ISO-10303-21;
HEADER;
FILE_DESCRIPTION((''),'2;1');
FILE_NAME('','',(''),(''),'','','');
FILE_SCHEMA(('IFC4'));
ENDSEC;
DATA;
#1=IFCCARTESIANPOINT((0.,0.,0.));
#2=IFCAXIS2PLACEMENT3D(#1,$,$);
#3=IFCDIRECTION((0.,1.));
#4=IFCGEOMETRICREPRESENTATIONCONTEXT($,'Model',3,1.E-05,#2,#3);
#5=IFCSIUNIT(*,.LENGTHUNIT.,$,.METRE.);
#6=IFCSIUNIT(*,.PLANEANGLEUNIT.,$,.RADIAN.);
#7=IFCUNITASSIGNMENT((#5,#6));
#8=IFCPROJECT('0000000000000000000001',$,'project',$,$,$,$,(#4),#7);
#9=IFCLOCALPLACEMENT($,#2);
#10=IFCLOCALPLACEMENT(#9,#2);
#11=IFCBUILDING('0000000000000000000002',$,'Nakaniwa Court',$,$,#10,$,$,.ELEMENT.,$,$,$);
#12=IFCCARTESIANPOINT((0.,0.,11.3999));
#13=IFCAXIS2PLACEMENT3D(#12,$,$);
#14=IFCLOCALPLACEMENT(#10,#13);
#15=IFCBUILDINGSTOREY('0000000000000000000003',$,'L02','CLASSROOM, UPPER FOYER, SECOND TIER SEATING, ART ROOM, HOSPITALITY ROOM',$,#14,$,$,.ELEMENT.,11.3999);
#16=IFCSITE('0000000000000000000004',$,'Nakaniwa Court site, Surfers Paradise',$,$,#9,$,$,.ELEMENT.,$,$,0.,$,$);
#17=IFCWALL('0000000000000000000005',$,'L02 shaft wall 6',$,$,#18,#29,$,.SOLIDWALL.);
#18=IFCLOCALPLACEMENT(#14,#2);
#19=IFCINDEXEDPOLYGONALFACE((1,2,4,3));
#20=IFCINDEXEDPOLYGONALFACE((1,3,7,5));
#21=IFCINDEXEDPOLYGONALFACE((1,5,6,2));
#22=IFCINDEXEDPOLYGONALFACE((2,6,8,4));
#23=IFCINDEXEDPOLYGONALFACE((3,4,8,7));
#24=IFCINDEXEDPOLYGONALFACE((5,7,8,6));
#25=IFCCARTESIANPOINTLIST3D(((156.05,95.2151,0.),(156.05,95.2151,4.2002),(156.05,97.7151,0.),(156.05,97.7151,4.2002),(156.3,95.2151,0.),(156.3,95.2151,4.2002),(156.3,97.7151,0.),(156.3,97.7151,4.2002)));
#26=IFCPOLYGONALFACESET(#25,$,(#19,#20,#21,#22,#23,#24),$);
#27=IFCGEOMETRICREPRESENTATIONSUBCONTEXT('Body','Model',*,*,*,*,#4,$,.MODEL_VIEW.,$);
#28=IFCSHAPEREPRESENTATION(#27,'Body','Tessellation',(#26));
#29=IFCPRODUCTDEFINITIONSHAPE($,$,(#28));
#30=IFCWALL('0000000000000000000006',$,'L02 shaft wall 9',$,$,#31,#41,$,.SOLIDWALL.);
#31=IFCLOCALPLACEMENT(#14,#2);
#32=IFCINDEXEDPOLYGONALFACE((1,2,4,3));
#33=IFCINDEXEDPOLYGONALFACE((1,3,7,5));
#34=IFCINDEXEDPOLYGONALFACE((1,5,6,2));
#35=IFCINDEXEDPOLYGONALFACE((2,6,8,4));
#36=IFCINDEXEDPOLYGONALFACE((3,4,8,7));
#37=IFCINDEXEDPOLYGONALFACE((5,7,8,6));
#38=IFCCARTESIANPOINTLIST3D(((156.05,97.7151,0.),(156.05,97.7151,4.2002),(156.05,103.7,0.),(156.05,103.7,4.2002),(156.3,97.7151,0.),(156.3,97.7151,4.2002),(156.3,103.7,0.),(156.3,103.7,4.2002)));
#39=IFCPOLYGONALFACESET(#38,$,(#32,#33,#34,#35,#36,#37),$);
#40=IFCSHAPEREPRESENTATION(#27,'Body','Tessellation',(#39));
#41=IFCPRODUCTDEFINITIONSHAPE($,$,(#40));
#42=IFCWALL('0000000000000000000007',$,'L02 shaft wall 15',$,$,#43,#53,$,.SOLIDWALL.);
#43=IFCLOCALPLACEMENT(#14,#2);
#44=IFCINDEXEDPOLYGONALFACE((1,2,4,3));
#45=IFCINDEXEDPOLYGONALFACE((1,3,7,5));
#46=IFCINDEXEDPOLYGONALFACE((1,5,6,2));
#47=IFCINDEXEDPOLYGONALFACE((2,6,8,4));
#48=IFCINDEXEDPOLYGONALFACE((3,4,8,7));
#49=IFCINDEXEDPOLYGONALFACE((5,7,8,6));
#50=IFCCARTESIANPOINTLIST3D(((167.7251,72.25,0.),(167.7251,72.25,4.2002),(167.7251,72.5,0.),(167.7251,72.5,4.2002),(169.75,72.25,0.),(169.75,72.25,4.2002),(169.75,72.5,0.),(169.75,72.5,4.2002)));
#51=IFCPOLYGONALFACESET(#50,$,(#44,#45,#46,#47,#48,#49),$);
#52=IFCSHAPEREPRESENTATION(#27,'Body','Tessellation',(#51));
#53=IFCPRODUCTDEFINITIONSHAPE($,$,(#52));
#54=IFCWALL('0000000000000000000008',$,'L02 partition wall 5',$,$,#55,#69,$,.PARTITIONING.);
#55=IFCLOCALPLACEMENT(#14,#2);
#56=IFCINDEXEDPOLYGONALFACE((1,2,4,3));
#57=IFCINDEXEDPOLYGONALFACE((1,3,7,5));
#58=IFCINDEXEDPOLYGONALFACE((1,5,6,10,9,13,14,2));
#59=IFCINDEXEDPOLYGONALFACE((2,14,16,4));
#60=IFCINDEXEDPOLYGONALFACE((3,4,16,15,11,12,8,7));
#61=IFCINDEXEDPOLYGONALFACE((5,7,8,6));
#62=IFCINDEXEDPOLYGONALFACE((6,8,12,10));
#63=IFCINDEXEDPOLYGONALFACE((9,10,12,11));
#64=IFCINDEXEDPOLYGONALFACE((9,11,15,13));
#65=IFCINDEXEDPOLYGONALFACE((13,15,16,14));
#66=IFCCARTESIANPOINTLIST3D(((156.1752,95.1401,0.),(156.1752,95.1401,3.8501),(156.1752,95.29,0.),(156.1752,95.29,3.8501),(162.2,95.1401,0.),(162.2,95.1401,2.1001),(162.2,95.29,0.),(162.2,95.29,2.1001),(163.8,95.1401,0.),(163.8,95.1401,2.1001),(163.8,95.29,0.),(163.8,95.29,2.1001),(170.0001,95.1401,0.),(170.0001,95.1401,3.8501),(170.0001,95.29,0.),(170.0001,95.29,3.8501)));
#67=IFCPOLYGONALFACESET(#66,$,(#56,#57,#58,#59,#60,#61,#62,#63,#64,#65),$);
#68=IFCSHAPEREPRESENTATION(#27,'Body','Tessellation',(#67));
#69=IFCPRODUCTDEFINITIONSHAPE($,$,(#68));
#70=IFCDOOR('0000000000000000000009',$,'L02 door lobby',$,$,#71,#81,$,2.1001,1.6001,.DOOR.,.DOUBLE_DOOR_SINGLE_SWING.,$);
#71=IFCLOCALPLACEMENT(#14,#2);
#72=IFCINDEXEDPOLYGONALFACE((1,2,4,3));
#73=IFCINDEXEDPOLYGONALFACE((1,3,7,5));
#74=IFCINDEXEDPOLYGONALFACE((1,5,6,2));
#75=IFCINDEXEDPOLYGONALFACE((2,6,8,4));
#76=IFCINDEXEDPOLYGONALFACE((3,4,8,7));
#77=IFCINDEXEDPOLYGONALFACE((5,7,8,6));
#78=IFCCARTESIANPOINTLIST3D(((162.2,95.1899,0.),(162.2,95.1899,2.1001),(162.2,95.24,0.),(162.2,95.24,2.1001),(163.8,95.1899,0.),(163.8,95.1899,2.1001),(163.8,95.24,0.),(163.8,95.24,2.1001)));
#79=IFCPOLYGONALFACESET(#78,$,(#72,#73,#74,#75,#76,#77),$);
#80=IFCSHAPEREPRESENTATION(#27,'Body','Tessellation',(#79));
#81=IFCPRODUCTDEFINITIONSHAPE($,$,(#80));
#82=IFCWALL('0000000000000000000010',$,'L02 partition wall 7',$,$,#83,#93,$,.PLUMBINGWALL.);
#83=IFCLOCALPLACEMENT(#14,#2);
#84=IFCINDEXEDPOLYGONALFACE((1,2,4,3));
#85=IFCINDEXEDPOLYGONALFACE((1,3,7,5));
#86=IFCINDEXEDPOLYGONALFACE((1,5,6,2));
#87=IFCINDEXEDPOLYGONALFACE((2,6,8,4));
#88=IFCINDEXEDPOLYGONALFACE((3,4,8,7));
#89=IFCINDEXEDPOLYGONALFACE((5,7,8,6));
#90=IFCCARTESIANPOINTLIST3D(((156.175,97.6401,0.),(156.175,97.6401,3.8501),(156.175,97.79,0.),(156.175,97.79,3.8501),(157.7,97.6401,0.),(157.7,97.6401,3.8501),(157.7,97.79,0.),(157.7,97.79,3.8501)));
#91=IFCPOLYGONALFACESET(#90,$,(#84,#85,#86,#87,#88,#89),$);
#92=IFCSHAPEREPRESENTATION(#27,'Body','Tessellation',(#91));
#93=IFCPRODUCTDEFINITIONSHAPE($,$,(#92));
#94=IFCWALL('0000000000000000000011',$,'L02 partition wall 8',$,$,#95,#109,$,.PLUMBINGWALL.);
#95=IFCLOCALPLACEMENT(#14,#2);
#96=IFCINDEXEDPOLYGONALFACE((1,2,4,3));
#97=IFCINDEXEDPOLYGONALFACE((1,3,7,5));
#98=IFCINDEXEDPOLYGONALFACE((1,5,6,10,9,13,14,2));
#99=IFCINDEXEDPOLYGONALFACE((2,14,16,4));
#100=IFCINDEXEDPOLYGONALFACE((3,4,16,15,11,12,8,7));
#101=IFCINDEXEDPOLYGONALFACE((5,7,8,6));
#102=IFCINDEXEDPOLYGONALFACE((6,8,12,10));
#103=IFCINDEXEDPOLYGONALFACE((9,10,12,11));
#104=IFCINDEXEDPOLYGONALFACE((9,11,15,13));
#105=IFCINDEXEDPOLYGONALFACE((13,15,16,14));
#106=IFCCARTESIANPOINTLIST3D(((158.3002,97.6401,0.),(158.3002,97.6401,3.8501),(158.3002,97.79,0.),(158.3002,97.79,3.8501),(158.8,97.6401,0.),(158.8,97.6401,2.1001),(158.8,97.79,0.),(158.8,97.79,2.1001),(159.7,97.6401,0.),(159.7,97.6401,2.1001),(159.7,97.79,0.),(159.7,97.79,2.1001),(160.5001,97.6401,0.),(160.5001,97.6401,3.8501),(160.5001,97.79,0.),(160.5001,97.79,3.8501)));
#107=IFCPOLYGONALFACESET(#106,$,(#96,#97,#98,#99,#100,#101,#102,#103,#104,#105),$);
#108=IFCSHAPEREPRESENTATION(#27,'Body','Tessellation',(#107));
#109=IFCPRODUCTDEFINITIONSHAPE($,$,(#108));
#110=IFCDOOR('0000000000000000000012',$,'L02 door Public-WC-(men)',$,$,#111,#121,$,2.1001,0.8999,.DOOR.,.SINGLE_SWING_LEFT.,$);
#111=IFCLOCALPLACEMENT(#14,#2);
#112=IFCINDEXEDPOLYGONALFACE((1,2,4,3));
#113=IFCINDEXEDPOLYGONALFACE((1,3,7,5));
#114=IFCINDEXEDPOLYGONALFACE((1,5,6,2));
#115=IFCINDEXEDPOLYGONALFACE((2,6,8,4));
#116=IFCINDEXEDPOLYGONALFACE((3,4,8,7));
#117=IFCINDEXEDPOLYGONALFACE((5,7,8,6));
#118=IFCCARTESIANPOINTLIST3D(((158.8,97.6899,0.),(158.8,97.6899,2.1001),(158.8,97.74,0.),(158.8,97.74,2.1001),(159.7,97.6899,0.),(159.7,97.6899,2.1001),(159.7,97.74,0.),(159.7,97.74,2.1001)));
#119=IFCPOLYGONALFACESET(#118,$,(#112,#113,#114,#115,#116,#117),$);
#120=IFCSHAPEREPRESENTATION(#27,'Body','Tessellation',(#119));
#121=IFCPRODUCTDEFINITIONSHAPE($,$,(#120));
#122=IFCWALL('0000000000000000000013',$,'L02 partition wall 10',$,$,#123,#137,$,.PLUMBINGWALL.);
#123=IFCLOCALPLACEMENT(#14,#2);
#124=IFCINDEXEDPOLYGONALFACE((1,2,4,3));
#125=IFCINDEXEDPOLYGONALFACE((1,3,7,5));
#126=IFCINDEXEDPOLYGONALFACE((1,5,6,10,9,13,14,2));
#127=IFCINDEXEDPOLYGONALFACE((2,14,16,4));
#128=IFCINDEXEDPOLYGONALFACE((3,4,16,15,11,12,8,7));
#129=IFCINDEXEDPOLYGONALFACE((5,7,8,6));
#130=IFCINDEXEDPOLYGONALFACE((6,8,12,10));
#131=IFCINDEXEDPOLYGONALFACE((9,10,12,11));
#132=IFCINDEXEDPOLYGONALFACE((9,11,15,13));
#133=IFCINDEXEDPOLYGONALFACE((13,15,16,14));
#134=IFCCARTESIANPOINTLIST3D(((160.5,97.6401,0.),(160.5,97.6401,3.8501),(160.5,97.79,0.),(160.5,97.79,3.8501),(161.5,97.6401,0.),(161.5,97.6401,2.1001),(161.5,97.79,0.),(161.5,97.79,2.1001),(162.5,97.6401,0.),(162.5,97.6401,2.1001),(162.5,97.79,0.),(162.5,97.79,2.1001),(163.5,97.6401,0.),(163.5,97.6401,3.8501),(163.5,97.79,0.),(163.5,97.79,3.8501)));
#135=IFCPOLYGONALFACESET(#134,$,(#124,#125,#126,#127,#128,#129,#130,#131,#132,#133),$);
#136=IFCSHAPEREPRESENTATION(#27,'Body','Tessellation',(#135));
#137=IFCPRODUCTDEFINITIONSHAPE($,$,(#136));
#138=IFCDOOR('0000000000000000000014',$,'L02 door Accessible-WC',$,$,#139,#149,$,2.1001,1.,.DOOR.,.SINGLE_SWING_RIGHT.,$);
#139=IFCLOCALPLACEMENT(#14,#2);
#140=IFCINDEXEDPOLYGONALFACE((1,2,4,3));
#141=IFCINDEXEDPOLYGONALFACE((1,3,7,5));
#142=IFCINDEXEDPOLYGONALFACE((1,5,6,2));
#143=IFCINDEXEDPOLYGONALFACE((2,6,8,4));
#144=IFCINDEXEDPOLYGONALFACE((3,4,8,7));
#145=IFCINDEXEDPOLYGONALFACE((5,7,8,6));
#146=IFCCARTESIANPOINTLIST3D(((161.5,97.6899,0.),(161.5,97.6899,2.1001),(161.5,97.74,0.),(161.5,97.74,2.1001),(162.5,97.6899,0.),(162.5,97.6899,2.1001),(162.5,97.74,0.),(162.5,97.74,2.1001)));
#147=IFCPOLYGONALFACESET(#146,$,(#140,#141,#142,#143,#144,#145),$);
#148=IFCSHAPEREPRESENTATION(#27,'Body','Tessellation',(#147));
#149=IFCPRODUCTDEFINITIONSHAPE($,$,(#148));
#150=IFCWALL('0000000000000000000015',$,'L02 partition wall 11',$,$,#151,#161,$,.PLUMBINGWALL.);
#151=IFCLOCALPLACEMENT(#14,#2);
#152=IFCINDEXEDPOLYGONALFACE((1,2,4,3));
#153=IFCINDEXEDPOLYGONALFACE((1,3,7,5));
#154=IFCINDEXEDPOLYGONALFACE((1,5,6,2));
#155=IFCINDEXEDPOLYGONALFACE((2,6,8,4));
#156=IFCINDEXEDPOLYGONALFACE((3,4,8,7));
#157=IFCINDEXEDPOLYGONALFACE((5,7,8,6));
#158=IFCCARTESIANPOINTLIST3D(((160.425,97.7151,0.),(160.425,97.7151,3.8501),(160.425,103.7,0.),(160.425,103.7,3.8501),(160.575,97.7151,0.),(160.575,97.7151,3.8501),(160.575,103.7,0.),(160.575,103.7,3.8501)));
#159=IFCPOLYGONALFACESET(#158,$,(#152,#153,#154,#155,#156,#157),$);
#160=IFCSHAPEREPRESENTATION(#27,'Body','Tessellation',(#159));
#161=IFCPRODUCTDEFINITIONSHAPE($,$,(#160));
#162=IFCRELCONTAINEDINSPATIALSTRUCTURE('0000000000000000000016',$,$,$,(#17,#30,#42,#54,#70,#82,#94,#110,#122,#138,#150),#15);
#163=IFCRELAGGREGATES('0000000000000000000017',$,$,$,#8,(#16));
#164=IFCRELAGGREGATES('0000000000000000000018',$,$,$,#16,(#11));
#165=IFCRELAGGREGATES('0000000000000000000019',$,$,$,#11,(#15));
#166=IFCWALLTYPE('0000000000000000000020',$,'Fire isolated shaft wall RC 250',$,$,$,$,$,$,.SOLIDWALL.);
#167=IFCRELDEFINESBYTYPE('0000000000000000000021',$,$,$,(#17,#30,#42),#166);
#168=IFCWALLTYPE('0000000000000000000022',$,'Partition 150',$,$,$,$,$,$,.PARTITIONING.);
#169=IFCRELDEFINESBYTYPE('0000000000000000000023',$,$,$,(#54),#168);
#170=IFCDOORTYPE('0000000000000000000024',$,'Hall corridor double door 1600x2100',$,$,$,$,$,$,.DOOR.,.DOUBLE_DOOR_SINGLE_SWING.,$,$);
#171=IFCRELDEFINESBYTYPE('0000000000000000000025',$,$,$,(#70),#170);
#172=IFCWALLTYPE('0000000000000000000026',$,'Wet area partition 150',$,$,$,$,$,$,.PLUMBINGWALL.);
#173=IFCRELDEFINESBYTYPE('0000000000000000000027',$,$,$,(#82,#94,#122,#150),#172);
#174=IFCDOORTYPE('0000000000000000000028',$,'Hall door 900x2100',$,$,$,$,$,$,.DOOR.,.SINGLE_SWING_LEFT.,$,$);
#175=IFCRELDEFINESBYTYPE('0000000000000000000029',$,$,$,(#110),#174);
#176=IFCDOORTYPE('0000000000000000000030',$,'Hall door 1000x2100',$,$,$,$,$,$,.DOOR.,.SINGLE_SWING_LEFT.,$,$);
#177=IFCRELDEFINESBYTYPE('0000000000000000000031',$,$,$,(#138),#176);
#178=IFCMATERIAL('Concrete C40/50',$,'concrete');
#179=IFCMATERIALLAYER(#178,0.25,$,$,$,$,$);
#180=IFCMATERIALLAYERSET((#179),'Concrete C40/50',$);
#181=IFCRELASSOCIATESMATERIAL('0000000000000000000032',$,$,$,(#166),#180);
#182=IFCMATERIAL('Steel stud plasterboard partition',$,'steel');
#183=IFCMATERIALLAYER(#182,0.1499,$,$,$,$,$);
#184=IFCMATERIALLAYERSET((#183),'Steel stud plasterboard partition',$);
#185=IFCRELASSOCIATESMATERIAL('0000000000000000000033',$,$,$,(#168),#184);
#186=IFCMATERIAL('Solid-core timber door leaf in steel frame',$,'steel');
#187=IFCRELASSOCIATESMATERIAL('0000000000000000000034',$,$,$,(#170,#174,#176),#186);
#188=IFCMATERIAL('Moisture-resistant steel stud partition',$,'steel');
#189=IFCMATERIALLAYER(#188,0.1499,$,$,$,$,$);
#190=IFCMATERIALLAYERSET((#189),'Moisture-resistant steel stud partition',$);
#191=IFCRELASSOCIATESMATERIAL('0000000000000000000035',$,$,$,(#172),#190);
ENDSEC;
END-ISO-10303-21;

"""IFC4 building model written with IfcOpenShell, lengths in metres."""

from ifc_helpers import new_model, si_unit, direction, frame, frame_2d, origin, place, context, subcontext, project, spatial, rectangle, extrude, material, layer, layer_set, type_object, element, fill, save


model = new_model("IFC4")

# Units and contexts
model_context = context("Model", 3, precision=1e-05, world=origin(), true_north=direction((0.0, 1.0)))
body_context = subcontext(model_context, "Body", "Model", "MODEL_VIEW")
ifc_project = project(units=[si_unit("LENGTHUNIT", "METRE"), si_unit("PLANEANGLEUNIT", "RADIAN")], contexts=[model_context])

# Site, building, storey
site_placement = place(None, origin())
site = spatial("IfcSite", under=ifc_project, at=site_placement, Name="Nakaniwa Court site, Surfers Paradise", CompositionType="ELEMENT", RefElevation=0.0)
building_placement = place(site_placement, origin())
building = spatial("IfcBuilding", under=site, at=building_placement, Name="Nakaniwa Court", CompositionType="ELEMENT")
storey_placement = place(building_placement, frame((0.0, 0.0, 11.3999)))
storey = spatial("IfcBuildingStorey", under=building, at=storey_placement, Name="L02", Description="CLASSROOM, UPPER FOYER, SECOND TIER SEATING, ART ROOM, HOSPITALITY ROOM", CompositionType="ELEMENT", Elevation=11.3999)

# Walls
ifc_material_1 = material(Name="Concrete C40/50", Category="concrete")
ifc_layer_1 = layer(ifc_material_1, 0.25)
ifc_layer_set_1 = layer_set([ifc_layer_1], Name="Concrete C40/50")
wall_type_1 = type_object("IfcWallType", Name="Fire isolated shaft wall RC 250", PredefinedType="SOLIDWALL", material=ifc_layer_set_1)
wall_1_placement = place(storey_placement, frame((156.175, 97.7151, 0.0), z_axis=(0.0, 0.0, 1.0), x_axis=(0.0, -1.0, 0.0)))
element("IfcWall", 1, at=wall_1_placement, inside=storey, type_object=wall_type_1, Name="L02 shaft wall 6", PredefinedType="SOLIDWALL", context=body_context, shape_type="SweptSolid", body=[
    extrude(rectangle(XDim=2.5, YDim=0.25, at=frame_2d((1.25, 0.0))), origin(), (0.0, 0.0, 1.0), 4.2002),
])
wall_2_placement = place(storey_placement, frame((156.175, 103.7, 0.0), z_axis=(0.0, 0.0, 1.0), x_axis=(0.0, -1.0, 0.0)))
element("IfcWall", 2, at=wall_2_placement, inside=storey, type_object=wall_type_1, Name="L02 shaft wall 9", PredefinedType="SOLIDWALL", context=body_context, shape_type="SweptSolid", body=[
    extrude(rectangle(XDim=5.9849, YDim=0.25, at=frame_2d((2.9924, 0.0))), origin(), (0.0, 0.0, 1.0), 4.2002),
])
wall_3_placement = place(storey_placement, frame((169.75, 72.375, 0.0), z_axis=(0.0, 0.0, 1.0), x_axis=(-1.0, 0.0, 0.0)))
element("IfcWall", 3, at=wall_3_placement, inside=storey, type_object=wall_type_1, Name="L02 shaft wall 15", PredefinedType="SOLIDWALL", context=body_context, shape_type="SweptSolid", body=[
    extrude(rectangle(XDim=2.0249, YDim=0.25, at=frame_2d((1.0125, 0.0))), origin(), (0.0, 0.0, 1.0), 4.2002),
])

# Wall, opening, door
ifc_material_2 = material(Name="Steel stud plasterboard partition", Category="steel")
ifc_layer_2 = layer(ifc_material_2, 0.1499)
ifc_layer_set_2 = layer_set([ifc_layer_2], Name="Steel stud plasterboard partition")
wall_type_2 = type_object("IfcWallType", Name="Partition 150", PredefinedType="PARTITIONING", material=ifc_layer_set_2)
wall_4_placement = place(storey_placement, frame((156.175, 95.2151, 0.0), z_axis=(0.0, 0.0, 1.0), x_axis=(1.0, 0.0, 0.0)))
wall_4 = element("IfcWall", 4, at=wall_4_placement, inside=storey, type_object=wall_type_2, Name="L02 partition wall 5", PredefinedType="PARTITIONING", context=body_context, shape_type="SweptSolid", body=[
    extrude(rectangle(XDim=13.825, YDim=0.1499, at=frame_2d((6.9126, 0.0))), origin(), (0.0, 0.0, 1.0), 3.8501),
])
opening_1_placement = place(wall_4_placement, frame((6.0249, 0.0, 0.0)))
opening_1 = element("IfcOpeningElement", 5, at=opening_1_placement, cuts=wall_4, PredefinedType="OPENING", context=body_context, shape_type="SweptSolid", body=[
    extrude(rectangle(XDim=1.6001, YDim=2.1001, at=frame_2d((0.8, 1.05))), frame((0.0, 0.085, 0.0), z_axis=(0.0, -1.0, 0.0), x_axis=(1.0, 0.0, 0.0)), (0.0, 0.0, 1.0), 0.1699),
])
ifc_material_3 = material(Name="Solid-core timber door leaf in steel frame", Category="steel")
door_type_1 = type_object("IfcDoorType", Name="Hall corridor double door 1600x2100", OperationType="DOUBLE_DOOR_SINGLE_SWING", PredefinedType="DOOR", material=ifc_material_3)
door_1_placement = place(opening_1_placement, origin())
door_1 = element("IfcDoor", 6, at=door_1_placement, inside=storey, type_object=door_type_1, Name="L02 door lobby", OperationType="DOUBLE_DOOR_SINGLE_SWING", OverallHeight=2.1001, OverallWidth=1.6001, PredefinedType="DOOR", context=body_context, shape_type="SweptSolid", body=[
    extrude(rectangle(XDim=1.6001, YDim=2.1001, at=frame_2d((0.8, 1.05))), frame((0.0, 0.0249, 0.0), z_axis=(0.0, -1.0, 0.0), x_axis=(1.0, 0.0, 0.0)), (0.0, 0.0, 1.0), 0.05),
])
fill(opening_1, door_1)

# Wall
ifc_material_4 = material(Name="Moisture-resistant steel stud partition", Category="steel")
ifc_layer_3 = layer(ifc_material_4, 0.1499)
ifc_layer_set_3 = layer_set([ifc_layer_3], Name="Moisture-resistant steel stud partition")
wall_type_3 = type_object("IfcWallType", Name="Wet area partition 150", PredefinedType="PLUMBINGWALL", material=ifc_layer_set_3)
wall_5_placement = place(storey_placement, frame((156.175, 97.7151, 0.0), z_axis=(0.0, 0.0, 1.0), x_axis=(1.0, 0.0, 0.0)))
element("IfcWall", 7, at=wall_5_placement, inside=storey, type_object=wall_type_3, Name="L02 partition wall 7", PredefinedType="PLUMBINGWALL", context=body_context, shape_type="SweptSolid", body=[
    extrude(rectangle(XDim=1.5249, YDim=0.1499, at=frame_2d((0.7625, 0.0))), origin(), (0.0, 0.0, 1.0), 3.8501),
])

# Walls, openings, doors
wall_6_placement = place(storey_placement, frame((158.3, 97.7151, 0.0), z_axis=(0.0, 0.0, 1.0), x_axis=(1.0, 0.0, 0.0)))
wall_6 = element("IfcWall", 8, at=wall_6_placement, inside=storey, type_object=wall_type_3, Name="L02 partition wall 8", PredefinedType="PLUMBINGWALL", context=body_context, shape_type="SweptSolid", body=[
    extrude(rectangle(XDim=2.2, YDim=0.1499, at=frame_2d((1.1001, 0.0))), origin(), (0.0, 0.0, 1.0), 3.8501),
])
opening_2_placement = place(wall_6_placement, frame((0.5, 0.0, 0.0)))
opening_2 = element("IfcOpeningElement", 9, at=opening_2_placement, cuts=wall_6, PredefinedType="OPENING", context=body_context, shape_type="SweptSolid", body=[
    extrude(rectangle(XDim=0.8999, YDim=2.1001, at=frame_2d((0.45, 1.05))), frame((0.0, 0.085, 0.0), z_axis=(0.0, -1.0, 0.0), x_axis=(1.0, 0.0, 0.0)), (0.0, 0.0, 1.0), 0.1699),
])
door_type_2 = type_object("IfcDoorType", Name="Hall door 900x2100", OperationType="SINGLE_SWING_LEFT", PredefinedType="DOOR", material=ifc_material_3)
door_2_placement = place(opening_2_placement, origin())
door_2 = element("IfcDoor", 10, at=door_2_placement, inside=storey, type_object=door_type_2, Name="L02 door Public-WC-(men)", OperationType="SINGLE_SWING_LEFT", OverallHeight=2.1001, OverallWidth=0.8999, PredefinedType="DOOR", context=body_context, shape_type="SweptSolid", body=[
    extrude(rectangle(XDim=0.8999, YDim=2.1001, at=frame_2d((0.45, 1.05))), frame((0.0, 0.0249, 0.0), z_axis=(0.0, -1.0, 0.0), x_axis=(1.0, 0.0, 0.0)), (0.0, 0.0, 1.0), 0.05),
])
fill(opening_2, door_2)
wall_7_placement = place(storey_placement, frame((160.5, 97.7151, 0.0), z_axis=(0.0, 0.0, 1.0), x_axis=(1.0, 0.0, 0.0)))
wall_7 = element("IfcWall", 11, at=wall_7_placement, inside=storey, type_object=wall_type_3, Name="L02 partition wall 10", PredefinedType="PLUMBINGWALL", context=body_context, shape_type="SweptSolid", body=[
    extrude(rectangle(XDim=3.0, YDim=0.1499, at=frame_2d((1.5, 0.0))), origin(), (0.0, 0.0, 1.0), 3.8501),
])
opening_3_placement = place(wall_7_placement, frame((1.0, 0.0, 0.0)))
opening_3 = element("IfcOpeningElement", 12, at=opening_3_placement, cuts=wall_7, PredefinedType="OPENING", context=body_context, shape_type="SweptSolid", body=[
    extrude(rectangle(XDim=1.0, YDim=2.1001, at=frame_2d((0.5, 1.05))), frame((0.0, 0.085, 0.0), z_axis=(0.0, -1.0, 0.0), x_axis=(1.0, 0.0, 0.0)), (0.0, 0.0, 1.0), 0.1699),
])
door_type_3 = type_object("IfcDoorType", Name="Hall door 1000x2100", OperationType="SINGLE_SWING_LEFT", PredefinedType="DOOR", material=ifc_material_3)
door_3_placement = place(opening_3_placement, origin())
door_3 = element("IfcDoor", 13, at=door_3_placement, inside=storey, type_object=door_type_3, Name="L02 door Accessible-WC", OperationType="SINGLE_SWING_RIGHT", OverallHeight=2.1001, OverallWidth=1.0, PredefinedType="DOOR", context=body_context, shape_type="SweptSolid", body=[
    extrude(rectangle(XDim=1.0, YDim=2.1001, at=frame_2d((0.5, 1.05))), frame((0.0, 0.0249, 0.0), z_axis=(0.0, -1.0, 0.0), x_axis=(1.0, 0.0, 0.0)), (0.0, 0.0, 1.0), 0.05),
])
fill(opening_3, door_3)

# Wall
wall_8_placement = place(storey_placement, frame((160.5, 103.7, 0.0), z_axis=(0.0, 0.0, 1.0), x_axis=(0.0, -1.0, 0.0)))
element("IfcWall", 14, at=wall_8_placement, inside=storey, type_object=wall_type_3, Name="L02 partition wall 11", PredefinedType="PLUMBINGWALL", context=body_context, shape_type="SweptSolid", body=[
    extrude(rectangle(XDim=5.9849, YDim=0.1499, at=frame_2d((2.9924, 0.0))), origin(), (0.0, 0.0, 1.0), 3.8501),
])

save(model, "model.ifc")
